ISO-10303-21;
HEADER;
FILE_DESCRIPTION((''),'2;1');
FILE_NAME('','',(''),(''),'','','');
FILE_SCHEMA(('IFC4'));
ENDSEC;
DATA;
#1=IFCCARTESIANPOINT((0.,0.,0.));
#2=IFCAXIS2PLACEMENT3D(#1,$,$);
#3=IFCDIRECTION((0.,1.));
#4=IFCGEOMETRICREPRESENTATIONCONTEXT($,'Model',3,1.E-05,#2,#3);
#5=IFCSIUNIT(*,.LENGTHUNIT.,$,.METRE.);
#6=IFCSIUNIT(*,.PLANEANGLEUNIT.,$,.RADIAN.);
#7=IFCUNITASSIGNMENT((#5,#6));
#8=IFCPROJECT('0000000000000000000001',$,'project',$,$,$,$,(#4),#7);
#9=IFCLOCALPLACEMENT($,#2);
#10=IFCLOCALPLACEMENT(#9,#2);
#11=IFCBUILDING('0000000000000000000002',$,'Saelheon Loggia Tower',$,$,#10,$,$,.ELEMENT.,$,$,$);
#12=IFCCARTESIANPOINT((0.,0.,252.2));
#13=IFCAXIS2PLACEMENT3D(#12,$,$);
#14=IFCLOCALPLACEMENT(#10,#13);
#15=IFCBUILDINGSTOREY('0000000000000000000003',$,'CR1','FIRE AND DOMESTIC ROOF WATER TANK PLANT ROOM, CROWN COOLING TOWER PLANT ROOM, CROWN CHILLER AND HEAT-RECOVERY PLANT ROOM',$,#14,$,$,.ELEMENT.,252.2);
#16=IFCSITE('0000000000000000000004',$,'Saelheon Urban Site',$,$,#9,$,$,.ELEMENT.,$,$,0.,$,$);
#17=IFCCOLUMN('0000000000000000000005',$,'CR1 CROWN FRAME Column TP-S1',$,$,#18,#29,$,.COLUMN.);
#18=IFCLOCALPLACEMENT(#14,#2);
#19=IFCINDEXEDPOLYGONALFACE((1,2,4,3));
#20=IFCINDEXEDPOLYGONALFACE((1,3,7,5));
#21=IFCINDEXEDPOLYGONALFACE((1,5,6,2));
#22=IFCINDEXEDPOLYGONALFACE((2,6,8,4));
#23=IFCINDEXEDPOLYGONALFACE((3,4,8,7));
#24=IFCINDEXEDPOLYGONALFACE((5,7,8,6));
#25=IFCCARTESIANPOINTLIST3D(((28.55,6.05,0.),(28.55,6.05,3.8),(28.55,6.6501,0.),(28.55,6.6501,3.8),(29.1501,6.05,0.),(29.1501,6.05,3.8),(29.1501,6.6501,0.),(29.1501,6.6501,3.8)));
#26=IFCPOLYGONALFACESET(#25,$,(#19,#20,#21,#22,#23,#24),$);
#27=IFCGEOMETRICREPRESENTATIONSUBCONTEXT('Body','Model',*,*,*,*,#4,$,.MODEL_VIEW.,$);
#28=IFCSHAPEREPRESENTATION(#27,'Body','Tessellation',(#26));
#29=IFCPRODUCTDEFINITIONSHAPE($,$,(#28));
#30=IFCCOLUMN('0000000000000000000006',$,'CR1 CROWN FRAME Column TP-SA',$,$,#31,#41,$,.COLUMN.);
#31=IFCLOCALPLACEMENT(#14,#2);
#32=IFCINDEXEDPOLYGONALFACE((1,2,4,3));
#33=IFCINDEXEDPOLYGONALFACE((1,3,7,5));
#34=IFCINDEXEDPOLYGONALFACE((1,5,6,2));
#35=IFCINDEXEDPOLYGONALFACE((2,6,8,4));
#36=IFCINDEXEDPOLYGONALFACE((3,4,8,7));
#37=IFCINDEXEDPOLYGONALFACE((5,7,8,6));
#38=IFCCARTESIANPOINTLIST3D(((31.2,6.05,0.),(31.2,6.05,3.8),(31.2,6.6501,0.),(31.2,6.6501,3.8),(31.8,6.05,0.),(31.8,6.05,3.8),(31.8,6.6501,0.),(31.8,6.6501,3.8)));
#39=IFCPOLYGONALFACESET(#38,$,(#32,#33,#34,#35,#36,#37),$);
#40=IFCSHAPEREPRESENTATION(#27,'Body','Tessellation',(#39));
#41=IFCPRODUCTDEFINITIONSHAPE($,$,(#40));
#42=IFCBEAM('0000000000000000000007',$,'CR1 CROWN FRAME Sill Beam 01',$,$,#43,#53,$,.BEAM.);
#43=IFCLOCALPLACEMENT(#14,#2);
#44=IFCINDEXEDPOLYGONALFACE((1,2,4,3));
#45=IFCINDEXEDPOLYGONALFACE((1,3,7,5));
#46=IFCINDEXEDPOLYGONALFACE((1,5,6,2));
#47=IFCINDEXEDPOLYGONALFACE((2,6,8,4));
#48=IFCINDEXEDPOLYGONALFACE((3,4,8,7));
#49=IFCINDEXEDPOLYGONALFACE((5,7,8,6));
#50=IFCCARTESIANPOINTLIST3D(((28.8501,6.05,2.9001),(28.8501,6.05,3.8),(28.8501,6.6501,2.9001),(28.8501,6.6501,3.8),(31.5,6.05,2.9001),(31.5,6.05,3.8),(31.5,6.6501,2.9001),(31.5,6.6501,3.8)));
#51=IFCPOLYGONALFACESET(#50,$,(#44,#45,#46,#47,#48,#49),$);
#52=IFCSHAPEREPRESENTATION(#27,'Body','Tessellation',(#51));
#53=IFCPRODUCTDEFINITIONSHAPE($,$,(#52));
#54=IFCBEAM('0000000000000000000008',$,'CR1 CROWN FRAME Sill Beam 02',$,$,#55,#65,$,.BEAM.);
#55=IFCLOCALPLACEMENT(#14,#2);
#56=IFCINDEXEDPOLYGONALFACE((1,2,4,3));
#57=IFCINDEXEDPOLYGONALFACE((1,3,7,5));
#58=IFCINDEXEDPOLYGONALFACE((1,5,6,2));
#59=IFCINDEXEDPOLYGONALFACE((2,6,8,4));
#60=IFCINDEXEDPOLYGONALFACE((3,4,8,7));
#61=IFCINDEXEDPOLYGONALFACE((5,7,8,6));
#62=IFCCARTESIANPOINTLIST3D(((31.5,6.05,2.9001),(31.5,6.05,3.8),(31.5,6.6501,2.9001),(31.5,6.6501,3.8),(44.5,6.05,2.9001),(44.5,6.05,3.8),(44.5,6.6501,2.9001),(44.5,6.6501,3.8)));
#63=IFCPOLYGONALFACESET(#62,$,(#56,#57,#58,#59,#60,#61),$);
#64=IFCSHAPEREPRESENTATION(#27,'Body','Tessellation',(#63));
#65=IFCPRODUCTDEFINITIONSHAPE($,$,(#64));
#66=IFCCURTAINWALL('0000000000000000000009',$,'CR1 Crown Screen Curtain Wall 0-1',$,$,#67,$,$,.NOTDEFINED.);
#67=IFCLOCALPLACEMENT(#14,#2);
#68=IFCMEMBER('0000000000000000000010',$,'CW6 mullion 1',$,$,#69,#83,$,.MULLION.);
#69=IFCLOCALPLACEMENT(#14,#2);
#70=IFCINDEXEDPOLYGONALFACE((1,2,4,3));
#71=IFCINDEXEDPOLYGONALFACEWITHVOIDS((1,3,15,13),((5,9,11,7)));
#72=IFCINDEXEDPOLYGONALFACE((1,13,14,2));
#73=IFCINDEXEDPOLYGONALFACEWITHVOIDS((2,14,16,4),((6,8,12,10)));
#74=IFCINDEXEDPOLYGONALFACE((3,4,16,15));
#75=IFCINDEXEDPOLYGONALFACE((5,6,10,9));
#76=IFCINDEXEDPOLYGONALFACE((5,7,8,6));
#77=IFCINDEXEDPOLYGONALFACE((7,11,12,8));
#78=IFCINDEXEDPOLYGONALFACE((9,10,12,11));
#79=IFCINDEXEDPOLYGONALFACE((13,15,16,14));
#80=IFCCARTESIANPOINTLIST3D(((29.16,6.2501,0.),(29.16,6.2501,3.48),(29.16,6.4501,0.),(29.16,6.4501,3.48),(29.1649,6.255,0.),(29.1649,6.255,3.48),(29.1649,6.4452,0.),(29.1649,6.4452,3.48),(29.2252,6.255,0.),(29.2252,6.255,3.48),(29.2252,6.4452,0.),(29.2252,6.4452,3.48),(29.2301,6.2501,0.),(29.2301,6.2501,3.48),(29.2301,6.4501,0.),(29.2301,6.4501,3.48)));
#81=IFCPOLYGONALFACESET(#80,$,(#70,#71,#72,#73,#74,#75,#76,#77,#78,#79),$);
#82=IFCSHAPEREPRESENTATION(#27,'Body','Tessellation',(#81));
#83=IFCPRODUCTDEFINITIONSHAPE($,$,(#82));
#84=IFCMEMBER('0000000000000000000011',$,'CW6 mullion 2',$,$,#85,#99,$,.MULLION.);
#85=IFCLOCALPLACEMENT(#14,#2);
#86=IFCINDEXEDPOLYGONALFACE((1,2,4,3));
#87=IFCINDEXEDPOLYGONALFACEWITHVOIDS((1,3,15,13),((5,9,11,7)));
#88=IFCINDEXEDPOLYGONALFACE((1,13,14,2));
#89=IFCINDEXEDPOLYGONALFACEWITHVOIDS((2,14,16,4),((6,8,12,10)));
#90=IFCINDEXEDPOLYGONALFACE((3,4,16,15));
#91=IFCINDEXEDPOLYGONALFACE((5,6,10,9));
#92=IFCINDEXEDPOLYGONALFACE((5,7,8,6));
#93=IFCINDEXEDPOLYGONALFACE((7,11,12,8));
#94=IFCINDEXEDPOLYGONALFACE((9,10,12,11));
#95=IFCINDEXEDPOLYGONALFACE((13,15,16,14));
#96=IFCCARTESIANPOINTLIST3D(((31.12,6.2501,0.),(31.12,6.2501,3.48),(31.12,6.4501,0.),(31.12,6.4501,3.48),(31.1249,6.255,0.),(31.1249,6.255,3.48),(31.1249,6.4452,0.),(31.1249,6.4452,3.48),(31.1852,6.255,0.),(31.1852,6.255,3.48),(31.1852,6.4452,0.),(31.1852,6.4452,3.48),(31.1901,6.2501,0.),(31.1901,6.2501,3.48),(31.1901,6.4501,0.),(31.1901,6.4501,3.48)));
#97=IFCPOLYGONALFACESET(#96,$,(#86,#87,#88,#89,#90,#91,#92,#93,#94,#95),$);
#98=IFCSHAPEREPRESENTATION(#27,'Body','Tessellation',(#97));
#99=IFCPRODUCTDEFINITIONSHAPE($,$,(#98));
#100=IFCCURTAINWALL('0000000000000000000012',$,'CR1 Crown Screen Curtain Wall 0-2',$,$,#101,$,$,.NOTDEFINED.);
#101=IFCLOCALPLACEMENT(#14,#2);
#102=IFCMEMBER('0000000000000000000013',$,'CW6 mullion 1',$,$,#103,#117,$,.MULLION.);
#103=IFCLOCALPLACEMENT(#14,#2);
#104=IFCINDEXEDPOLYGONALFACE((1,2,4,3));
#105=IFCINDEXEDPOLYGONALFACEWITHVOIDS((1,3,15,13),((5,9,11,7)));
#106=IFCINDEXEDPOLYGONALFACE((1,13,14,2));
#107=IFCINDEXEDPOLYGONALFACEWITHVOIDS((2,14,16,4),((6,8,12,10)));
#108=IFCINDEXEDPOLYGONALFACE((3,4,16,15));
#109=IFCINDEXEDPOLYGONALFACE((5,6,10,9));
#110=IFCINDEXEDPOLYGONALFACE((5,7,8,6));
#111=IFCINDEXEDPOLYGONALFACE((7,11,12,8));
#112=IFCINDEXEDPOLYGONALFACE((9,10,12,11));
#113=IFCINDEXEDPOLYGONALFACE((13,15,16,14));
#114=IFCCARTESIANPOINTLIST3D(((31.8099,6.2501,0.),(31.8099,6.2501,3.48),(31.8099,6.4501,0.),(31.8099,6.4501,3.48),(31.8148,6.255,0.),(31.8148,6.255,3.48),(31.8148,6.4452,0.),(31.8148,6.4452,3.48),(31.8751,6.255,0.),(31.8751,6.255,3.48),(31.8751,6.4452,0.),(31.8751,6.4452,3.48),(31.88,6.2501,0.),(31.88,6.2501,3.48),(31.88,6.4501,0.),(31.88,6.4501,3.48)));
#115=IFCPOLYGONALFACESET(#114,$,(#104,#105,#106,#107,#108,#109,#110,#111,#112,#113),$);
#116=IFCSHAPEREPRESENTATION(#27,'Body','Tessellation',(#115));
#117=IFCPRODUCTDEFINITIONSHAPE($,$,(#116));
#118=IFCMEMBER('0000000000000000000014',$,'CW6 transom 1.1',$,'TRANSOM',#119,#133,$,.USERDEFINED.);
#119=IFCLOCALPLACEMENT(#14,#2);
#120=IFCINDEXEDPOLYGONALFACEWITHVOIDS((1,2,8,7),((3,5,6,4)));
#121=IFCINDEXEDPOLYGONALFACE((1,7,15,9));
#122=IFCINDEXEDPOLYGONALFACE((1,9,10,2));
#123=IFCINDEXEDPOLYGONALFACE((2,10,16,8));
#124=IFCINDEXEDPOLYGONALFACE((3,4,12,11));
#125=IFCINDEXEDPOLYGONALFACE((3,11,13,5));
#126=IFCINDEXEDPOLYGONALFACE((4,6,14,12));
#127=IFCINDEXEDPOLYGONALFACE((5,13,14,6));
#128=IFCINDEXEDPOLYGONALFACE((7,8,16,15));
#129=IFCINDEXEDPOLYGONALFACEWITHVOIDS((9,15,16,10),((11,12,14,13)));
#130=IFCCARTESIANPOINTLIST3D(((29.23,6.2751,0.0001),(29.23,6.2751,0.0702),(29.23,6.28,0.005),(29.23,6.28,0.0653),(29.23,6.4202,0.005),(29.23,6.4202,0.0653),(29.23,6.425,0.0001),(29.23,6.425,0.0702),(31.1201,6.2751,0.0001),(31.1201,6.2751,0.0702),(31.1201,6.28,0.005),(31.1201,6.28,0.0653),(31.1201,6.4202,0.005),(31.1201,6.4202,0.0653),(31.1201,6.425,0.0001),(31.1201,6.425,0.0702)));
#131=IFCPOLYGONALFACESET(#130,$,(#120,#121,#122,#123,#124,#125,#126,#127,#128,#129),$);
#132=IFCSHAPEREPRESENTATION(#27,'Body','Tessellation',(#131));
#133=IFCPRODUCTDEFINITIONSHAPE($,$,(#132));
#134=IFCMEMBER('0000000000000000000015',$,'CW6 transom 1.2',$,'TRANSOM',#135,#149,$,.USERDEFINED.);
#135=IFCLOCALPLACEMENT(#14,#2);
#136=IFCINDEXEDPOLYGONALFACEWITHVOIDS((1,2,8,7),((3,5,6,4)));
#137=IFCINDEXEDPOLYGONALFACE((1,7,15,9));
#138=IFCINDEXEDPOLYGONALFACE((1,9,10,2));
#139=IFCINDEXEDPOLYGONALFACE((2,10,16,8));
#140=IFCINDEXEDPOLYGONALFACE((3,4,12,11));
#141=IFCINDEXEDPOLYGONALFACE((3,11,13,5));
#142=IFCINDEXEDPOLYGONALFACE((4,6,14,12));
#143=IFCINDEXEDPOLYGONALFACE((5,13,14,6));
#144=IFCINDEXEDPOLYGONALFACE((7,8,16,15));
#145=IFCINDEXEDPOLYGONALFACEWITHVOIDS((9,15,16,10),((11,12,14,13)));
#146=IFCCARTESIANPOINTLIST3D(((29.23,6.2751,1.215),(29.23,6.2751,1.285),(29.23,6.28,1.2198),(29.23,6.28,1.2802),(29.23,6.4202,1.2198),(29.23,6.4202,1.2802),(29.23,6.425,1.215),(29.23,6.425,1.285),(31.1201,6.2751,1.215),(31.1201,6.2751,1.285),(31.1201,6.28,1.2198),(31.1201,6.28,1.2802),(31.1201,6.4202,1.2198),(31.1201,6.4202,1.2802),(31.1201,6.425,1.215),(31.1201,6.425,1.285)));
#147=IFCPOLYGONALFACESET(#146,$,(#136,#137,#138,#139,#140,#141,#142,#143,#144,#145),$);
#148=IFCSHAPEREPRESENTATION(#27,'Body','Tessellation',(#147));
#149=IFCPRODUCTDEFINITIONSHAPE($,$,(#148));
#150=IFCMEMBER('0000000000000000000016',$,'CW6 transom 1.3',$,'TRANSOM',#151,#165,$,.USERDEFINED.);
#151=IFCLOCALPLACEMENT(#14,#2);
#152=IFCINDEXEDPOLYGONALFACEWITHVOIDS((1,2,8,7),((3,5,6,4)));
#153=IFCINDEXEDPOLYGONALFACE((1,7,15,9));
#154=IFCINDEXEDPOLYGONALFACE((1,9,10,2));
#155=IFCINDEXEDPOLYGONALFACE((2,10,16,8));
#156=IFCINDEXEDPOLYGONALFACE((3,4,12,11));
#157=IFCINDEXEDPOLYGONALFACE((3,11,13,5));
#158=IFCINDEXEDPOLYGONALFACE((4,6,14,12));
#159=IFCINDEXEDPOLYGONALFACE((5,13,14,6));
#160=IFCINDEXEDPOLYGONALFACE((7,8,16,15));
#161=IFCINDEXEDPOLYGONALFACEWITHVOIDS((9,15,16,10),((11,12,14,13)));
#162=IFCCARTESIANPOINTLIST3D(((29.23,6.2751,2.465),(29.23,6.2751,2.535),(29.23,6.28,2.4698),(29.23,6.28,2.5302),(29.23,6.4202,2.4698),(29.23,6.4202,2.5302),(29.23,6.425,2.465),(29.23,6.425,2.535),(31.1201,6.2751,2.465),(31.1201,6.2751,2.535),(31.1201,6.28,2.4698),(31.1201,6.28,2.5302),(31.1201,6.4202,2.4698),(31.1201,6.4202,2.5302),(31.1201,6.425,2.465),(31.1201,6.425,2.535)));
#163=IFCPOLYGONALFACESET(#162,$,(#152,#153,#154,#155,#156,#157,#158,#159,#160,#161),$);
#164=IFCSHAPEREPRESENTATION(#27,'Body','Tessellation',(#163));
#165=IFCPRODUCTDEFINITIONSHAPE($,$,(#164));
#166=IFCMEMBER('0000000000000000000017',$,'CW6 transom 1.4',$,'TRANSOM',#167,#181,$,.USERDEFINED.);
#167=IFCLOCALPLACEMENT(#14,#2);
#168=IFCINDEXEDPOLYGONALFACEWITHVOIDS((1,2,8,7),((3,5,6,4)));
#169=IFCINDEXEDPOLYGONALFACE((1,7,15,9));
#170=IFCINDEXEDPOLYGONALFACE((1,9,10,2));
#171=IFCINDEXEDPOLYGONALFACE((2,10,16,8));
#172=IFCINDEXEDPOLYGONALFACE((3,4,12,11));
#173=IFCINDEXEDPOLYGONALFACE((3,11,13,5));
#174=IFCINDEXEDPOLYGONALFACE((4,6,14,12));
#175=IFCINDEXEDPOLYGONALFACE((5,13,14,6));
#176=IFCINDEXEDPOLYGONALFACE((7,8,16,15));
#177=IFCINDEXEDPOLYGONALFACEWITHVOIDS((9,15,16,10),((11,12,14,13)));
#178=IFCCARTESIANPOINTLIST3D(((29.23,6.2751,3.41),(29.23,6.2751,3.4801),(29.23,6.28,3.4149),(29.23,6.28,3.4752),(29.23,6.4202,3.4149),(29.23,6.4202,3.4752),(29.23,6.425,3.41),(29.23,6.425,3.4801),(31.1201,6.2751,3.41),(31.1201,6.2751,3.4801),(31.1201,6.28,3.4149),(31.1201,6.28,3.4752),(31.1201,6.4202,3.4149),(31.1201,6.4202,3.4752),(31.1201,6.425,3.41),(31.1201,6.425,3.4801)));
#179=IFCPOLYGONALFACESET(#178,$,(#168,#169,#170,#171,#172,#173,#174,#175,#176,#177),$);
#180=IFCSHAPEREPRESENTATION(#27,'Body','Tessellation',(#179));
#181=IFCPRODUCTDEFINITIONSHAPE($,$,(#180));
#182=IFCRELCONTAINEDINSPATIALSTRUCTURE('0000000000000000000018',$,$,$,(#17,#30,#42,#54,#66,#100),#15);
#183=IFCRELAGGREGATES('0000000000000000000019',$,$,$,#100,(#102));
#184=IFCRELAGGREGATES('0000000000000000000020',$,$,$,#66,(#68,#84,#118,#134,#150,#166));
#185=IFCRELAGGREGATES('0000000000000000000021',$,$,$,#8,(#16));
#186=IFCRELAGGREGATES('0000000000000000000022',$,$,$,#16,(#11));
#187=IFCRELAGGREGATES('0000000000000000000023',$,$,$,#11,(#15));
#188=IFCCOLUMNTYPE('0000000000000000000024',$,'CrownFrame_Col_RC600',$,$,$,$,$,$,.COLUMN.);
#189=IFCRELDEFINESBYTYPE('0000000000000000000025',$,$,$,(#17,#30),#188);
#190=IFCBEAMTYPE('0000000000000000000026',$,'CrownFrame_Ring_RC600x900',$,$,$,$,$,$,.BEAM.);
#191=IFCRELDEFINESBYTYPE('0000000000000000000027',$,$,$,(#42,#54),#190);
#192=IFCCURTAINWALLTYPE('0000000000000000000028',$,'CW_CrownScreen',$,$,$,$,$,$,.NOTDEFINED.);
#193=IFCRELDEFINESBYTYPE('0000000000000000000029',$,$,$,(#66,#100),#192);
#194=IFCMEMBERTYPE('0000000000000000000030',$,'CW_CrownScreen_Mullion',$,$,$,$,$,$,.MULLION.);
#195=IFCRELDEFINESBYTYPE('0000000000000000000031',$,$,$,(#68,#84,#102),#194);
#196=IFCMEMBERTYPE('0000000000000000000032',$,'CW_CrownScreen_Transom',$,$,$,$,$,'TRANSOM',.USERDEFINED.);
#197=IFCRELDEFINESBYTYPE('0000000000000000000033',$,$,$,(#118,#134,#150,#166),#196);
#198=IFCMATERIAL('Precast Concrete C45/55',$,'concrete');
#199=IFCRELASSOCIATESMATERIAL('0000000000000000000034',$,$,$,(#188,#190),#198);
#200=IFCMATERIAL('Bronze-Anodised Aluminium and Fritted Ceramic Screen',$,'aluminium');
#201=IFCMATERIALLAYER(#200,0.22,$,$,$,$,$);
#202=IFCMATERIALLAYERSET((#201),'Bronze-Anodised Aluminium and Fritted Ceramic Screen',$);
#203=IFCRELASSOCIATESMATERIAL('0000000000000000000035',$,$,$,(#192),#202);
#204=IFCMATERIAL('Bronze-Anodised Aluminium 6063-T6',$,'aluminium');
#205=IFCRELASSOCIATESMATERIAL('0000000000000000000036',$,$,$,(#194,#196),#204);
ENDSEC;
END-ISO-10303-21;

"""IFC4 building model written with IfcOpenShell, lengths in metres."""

from ifc_helpers import new_model, si_unit, direction, frame, origin, origin_2d, place, context, subcontext, project, spatial, rectangle, hollow_rectangle, extrude, source, transform, mapped, material, layer, layer_set, material_profile, profile_set, type_object, element, aggregate, save


model = new_model("IFC4")

# Units and contexts
model_context = context("Model", 3, precision=1e-05, world=origin(), true_north=direction((0.0, 1.0)))
body_context = subcontext(model_context, "Body", "Model", "MODEL_VIEW")
ifc_project = project(units=[si_unit("LENGTHUNIT", "METRE"), si_unit("PLANEANGLEUNIT", "RADIAN")], contexts=[model_context])

# Site, building, storey
site_placement = place(None, origin())
site = spatial("IfcSite", under=ifc_project, at=site_placement, Name="Saelheon Urban Site", CompositionType="ELEMENT", RefElevation=0.0)
building_placement = place(site_placement, origin())
building = spatial("IfcBuilding", under=site, at=building_placement, Name="Saelheon Loggia Tower", CompositionType="ELEMENT")
storey_placement = place(building_placement, frame((0.0, 0.0, 252.2)))
storey = spatial("IfcBuildingStorey", under=building, at=storey_placement, Name="CR1", Description="FIRE AND DOMESTIC ROOF WATER TANK PLANT ROOM, CROWN COOLING TOWER PLANT ROOM, CROWN CHILLER AND HEAT-RECOVERY PLANT ROOM", CompositionType="ELEMENT", Elevation=252.2)

# Columns
ifc_material_1 = material(Name="Precast Concrete C45/55", Category="concrete")
ifc_material_profile_1 = material_profile(ifc_material_1, rectangle(XDim=0.6001, YDim=0.6001, at=origin_2d()), Name="RC-600x600")
ifc_profile_set_1 = profile_set([ifc_material_profile_1], Name="Precast Concrete C45/55")
column_type = type_object("IfcColumnType", Name="CrownFrame_Col_RC600", PredefinedType="COLUMN", material=ifc_profile_set_1)
shared_shape_1 = source(origin(), body_context, "Body", "SweptSolid", [
    extrude(rectangle(XDim=0.6001, YDim=0.6001, at=origin_2d()), origin(), (0.0, 0.0, 1.0), 3.8),
])
for number, where, z_axis, x_axis, name in (
    (1, (28.8501, 6.3501, 0.0), (0.0, 0.0, 1.0), (1.0, 0.0, 0.0), "CR1 CROWN FRAME Column TP-S1"),
    (2, (31.5, 6.3501, 0.0), (0.0, 0.0, 1.0), (1.0, 0.0, 0.0), "CR1 CROWN FRAME Column TP-SA"),
):
    element("IfcColumn", number, at=place(storey_placement, frame(where, z_axis=z_axis, x_axis=x_axis)), inside=storey, type_object=column_type, Name=name, PredefinedType="COLUMN", context=body_context, shape_type="MappedRepresentation", body=[
        mapped(shared_shape_1, transform((0.0, 0.0, 0.0), scale=1.0)),
    ])

# Beams
ifc_material_profile_2 = material_profile(ifc_material_1, rectangle(XDim=0.6001, YDim=0.8999, at=origin_2d()), Name="RC-600x900")
ifc_profile_set_2 = profile_set([ifc_material_profile_2], Name="Precast Concrete C45/55")
beam_type = type_object("IfcBeamType", Name="CrownFrame_Ring_RC600x900", PredefinedType="BEAM", material=ifc_profile_set_2)
shared_shape_2 = source(origin(), body_context, "Body", "SweptSolid", [
    extrude(rectangle(XDim=0.6001, YDim=0.8999, at=origin_2d()), origin(), (0.0, 0.0, 1.0), 2.6499),
])
beam_1_placement = place(storey_placement, frame((28.8501, 6.3501, 3.3501), z_axis=(1.0, 0.0, 0.0), x_axis=(0.0, 1.0, 0.0)))
element("IfcBeam", 3, at=beam_1_placement, inside=storey, type_object=beam_type, Name="CR1 CROWN FRAME Sill Beam 01", PredefinedType="BEAM", context=body_context, shape_type="MappedRepresentation", body=[
    mapped(shared_shape_2, transform((0.0, 0.0, 0.0), scale=1.0)),
])
shared_shape_3 = source(origin(), body_context, "Body", "SweptSolid", [
    extrude(rectangle(XDim=0.6001, YDim=0.8999, at=origin_2d()), origin(), (0.0, 0.0, 1.0), 13.0),
])
beam_2_placement = place(storey_placement, frame((31.5, 6.3501, 3.3501), z_axis=(1.0, 0.0, 0.0), x_axis=(0.0, 1.0, 0.0)))
element("IfcBeam", 4, at=beam_2_placement, inside=storey, type_object=beam_type, Name="CR1 CROWN FRAME Sill Beam 02", PredefinedType="BEAM", context=body_context, shape_type="MappedRepresentation", body=[
    mapped(shared_shape_3, transform((0.0, 0.0, 0.0), scale=1.0)),
])

# Curtain wall, members
ifc_material_2 = material(Name="Bronze-Anodised Aluminium and Fritted Ceramic Screen", Category="aluminium")
ifc_layer_1 = layer(ifc_material_2, 0.22)
ifc_layer_set_1 = layer_set([ifc_layer_1], Name="Bronze-Anodised Aluminium and Fritted Ceramic Screen")
curtain_wall_type = type_object("IfcCurtainWallType", Name="CW_CrownScreen", PredefinedType="NOTDEFINED", material=ifc_layer_set_1)
curtain_wall_1_placement = place(storey_placement, origin())
curtain_wall_1 = element("IfcCurtainWall", 5, at=curtain_wall_1_placement, inside=storey, type_object=curtain_wall_type, Name="CR1 Crown Screen Curtain Wall 0-1", PredefinedType="NOTDEFINED")
ifc_material_3 = material(Name="Bronze-Anodised Aluminium 6063-T6", Category="aluminium")
ifc_material_profile_3 = material_profile(ifc_material_3, hollow_rectangle(XDim=0.0701, YDim=0.2, WallThickness=0.0049, at=origin_2d()), Name="RHS-200x70x5")
ifc_profile_set_3 = profile_set([ifc_material_profile_3], Name="Bronze-Anodised Aluminium 6063-T6")
member_type_1 = type_object("IfcMemberType", Name="CW_CrownScreen_Mullion", PredefinedType="MULLION", material=ifc_profile_set_3)
shared_shape_4 = source(origin(), body_context, "Body", "SweptSolid", [
    extrude(hollow_rectangle(XDim=0.0701, YDim=0.2, WallThickness=0.0049, at=origin_2d()), origin(), (0.0, 0.0, 1.0), 3.48),
])
member_1_placement = place(storey_placement, frame((29.1951, 6.3501, 0.0), z_axis=(0.0, 0.0, 1.0), x_axis=(1.0, 0.0, 0.0)))
member_1 = element("IfcMember", 6, at=member_1_placement, type_object=member_type_1, Name="CW6 mullion 1", PredefinedType="MULLION", context=body_context, shape_type="MappedRepresentation", body=[
    mapped(shared_shape_4, transform((0.0, 0.0, 0.0), scale=1.0)),
])
member_2_placement = place(storey_placement, frame((31.155, 6.3501, 0.0), z_axis=(0.0, 0.0, 1.0), x_axis=(1.0, 0.0, 0.0)))
member_2 = element("IfcMember", 7, at=member_2_placement, type_object=member_type_1, Name="CW6 mullion 2", PredefinedType="MULLION", context=body_context, shape_type="MappedRepresentation", body=[
    mapped(shared_shape_4, transform((0.0, 0.0, 0.0), scale=1.0)),
])

# Curtain wall, member
curtain_wall_2_placement = place(storey_placement, origin())
curtain_wall_2 = element("IfcCurtainWall", 8, at=curtain_wall_2_placement, inside=storey, type_object=curtain_wall_type, Name="CR1 Crown Screen Curtain Wall 0-2", PredefinedType="NOTDEFINED")
member_3_placement = place(storey_placement, frame((31.845, 6.3501, 0.0), z_axis=(0.0, 0.0, 1.0), x_axis=(1.0, 0.0, 0.0)))
member_3 = element("IfcMember", 9, at=member_3_placement, type_object=member_type_1, Name="CW6 mullion 1", PredefinedType="MULLION", context=body_context, shape_type="MappedRepresentation", body=[
    mapped(shared_shape_4, transform((0.0, 0.0, 0.0), scale=1.0)),
])

# Members
ifc_material_profile_4 = material_profile(ifc_material_3, hollow_rectangle(XDim=0.0701, YDim=0.1499, WallThickness=0.0049, at=origin_2d()), Name="RHS-150x70x5")
ifc_profile_set_4 = profile_set([ifc_material_profile_4], Name="Bronze-Anodised Aluminium 6063-T6")
member_type_2 = type_object("IfcMemberType", Name="CW_CrownScreen_Transom", ElementType="TRANSOM", PredefinedType="USERDEFINED", material=ifc_profile_set_4)
shared_shape_5 = source(origin(), body_context, "Body", "SweptSolid", [
    extrude(hollow_rectangle(XDim=0.0701, YDim=0.1499, WallThickness=0.0049, at=origin_2d()), origin(), (0.0, 0.0, 1.0), 1.8901),
])
member_4_placement = place(storey_placement, frame((29.23, 6.3501, 0.0352), z_axis=(1.0, 0.0, 0.0), x_axis=(0.0, 0.0, 1.0)))
member_4 = element("IfcMember", 10, at=member_4_placement, type_object=member_type_2, Name="CW6 transom 1.1", ObjectType="TRANSOM", PredefinedType="USERDEFINED", context=body_context, shape_type="MappedRepresentation", body=[
    mapped(shared_shape_5, transform((0.0, 0.0, 0.0), scale=1.0)),
])
member_5_placement = place(storey_placement, frame((29.23, 6.3501, 1.25), z_axis=(1.0, 0.0, 0.0), x_axis=(0.0, 0.0, 1.0)))
member_5 = element("IfcMember", 11, at=member_5_placement, type_object=member_type_2, Name="CW6 transom 1.2", ObjectType="TRANSOM", PredefinedType="USERDEFINED", context=body_context, shape_type="MappedRepresentation", body=[
    mapped(shared_shape_5, transform((0.0, 0.0, 0.0), scale=1.0)),
])
member_6_placement = place(storey_placement, frame((29.23, 6.3501, 2.5), z_axis=(1.0, 0.0, 0.0), x_axis=(0.0, 0.0, 1.0)))
member_6 = element("IfcMember", 12, at=member_6_placement, type_object=member_type_2, Name="CW6 transom 1.3", ObjectType="TRANSOM", PredefinedType="USERDEFINED", context=body_context, shape_type="MappedRepresentation", body=[
    mapped(shared_shape_5, transform((0.0, 0.0, 0.0), scale=1.0)),
])
member_7_placement = place(storey_placement, frame((29.23, 6.3501, 3.4451), z_axis=(1.0, 0.0, 0.0), x_axis=(0.0, 0.0, 1.0)))
member_7 = element("IfcMember", 13, at=member_7_placement, type_object=member_type_2, Name="CW6 transom 1.4", ObjectType="TRANSOM", PredefinedType="USERDEFINED", context=body_context, shape_type="MappedRepresentation", body=[
    mapped(shared_shape_5, transform((0.0, 0.0, 0.0), scale=1.0)),
])
aggregate(curtain_wall_2, [member_3])

aggregate(curtain_wall_1, [member_1, member_2, member_4, member_5, member_6, member_7])

save(model, "model.ifc")
